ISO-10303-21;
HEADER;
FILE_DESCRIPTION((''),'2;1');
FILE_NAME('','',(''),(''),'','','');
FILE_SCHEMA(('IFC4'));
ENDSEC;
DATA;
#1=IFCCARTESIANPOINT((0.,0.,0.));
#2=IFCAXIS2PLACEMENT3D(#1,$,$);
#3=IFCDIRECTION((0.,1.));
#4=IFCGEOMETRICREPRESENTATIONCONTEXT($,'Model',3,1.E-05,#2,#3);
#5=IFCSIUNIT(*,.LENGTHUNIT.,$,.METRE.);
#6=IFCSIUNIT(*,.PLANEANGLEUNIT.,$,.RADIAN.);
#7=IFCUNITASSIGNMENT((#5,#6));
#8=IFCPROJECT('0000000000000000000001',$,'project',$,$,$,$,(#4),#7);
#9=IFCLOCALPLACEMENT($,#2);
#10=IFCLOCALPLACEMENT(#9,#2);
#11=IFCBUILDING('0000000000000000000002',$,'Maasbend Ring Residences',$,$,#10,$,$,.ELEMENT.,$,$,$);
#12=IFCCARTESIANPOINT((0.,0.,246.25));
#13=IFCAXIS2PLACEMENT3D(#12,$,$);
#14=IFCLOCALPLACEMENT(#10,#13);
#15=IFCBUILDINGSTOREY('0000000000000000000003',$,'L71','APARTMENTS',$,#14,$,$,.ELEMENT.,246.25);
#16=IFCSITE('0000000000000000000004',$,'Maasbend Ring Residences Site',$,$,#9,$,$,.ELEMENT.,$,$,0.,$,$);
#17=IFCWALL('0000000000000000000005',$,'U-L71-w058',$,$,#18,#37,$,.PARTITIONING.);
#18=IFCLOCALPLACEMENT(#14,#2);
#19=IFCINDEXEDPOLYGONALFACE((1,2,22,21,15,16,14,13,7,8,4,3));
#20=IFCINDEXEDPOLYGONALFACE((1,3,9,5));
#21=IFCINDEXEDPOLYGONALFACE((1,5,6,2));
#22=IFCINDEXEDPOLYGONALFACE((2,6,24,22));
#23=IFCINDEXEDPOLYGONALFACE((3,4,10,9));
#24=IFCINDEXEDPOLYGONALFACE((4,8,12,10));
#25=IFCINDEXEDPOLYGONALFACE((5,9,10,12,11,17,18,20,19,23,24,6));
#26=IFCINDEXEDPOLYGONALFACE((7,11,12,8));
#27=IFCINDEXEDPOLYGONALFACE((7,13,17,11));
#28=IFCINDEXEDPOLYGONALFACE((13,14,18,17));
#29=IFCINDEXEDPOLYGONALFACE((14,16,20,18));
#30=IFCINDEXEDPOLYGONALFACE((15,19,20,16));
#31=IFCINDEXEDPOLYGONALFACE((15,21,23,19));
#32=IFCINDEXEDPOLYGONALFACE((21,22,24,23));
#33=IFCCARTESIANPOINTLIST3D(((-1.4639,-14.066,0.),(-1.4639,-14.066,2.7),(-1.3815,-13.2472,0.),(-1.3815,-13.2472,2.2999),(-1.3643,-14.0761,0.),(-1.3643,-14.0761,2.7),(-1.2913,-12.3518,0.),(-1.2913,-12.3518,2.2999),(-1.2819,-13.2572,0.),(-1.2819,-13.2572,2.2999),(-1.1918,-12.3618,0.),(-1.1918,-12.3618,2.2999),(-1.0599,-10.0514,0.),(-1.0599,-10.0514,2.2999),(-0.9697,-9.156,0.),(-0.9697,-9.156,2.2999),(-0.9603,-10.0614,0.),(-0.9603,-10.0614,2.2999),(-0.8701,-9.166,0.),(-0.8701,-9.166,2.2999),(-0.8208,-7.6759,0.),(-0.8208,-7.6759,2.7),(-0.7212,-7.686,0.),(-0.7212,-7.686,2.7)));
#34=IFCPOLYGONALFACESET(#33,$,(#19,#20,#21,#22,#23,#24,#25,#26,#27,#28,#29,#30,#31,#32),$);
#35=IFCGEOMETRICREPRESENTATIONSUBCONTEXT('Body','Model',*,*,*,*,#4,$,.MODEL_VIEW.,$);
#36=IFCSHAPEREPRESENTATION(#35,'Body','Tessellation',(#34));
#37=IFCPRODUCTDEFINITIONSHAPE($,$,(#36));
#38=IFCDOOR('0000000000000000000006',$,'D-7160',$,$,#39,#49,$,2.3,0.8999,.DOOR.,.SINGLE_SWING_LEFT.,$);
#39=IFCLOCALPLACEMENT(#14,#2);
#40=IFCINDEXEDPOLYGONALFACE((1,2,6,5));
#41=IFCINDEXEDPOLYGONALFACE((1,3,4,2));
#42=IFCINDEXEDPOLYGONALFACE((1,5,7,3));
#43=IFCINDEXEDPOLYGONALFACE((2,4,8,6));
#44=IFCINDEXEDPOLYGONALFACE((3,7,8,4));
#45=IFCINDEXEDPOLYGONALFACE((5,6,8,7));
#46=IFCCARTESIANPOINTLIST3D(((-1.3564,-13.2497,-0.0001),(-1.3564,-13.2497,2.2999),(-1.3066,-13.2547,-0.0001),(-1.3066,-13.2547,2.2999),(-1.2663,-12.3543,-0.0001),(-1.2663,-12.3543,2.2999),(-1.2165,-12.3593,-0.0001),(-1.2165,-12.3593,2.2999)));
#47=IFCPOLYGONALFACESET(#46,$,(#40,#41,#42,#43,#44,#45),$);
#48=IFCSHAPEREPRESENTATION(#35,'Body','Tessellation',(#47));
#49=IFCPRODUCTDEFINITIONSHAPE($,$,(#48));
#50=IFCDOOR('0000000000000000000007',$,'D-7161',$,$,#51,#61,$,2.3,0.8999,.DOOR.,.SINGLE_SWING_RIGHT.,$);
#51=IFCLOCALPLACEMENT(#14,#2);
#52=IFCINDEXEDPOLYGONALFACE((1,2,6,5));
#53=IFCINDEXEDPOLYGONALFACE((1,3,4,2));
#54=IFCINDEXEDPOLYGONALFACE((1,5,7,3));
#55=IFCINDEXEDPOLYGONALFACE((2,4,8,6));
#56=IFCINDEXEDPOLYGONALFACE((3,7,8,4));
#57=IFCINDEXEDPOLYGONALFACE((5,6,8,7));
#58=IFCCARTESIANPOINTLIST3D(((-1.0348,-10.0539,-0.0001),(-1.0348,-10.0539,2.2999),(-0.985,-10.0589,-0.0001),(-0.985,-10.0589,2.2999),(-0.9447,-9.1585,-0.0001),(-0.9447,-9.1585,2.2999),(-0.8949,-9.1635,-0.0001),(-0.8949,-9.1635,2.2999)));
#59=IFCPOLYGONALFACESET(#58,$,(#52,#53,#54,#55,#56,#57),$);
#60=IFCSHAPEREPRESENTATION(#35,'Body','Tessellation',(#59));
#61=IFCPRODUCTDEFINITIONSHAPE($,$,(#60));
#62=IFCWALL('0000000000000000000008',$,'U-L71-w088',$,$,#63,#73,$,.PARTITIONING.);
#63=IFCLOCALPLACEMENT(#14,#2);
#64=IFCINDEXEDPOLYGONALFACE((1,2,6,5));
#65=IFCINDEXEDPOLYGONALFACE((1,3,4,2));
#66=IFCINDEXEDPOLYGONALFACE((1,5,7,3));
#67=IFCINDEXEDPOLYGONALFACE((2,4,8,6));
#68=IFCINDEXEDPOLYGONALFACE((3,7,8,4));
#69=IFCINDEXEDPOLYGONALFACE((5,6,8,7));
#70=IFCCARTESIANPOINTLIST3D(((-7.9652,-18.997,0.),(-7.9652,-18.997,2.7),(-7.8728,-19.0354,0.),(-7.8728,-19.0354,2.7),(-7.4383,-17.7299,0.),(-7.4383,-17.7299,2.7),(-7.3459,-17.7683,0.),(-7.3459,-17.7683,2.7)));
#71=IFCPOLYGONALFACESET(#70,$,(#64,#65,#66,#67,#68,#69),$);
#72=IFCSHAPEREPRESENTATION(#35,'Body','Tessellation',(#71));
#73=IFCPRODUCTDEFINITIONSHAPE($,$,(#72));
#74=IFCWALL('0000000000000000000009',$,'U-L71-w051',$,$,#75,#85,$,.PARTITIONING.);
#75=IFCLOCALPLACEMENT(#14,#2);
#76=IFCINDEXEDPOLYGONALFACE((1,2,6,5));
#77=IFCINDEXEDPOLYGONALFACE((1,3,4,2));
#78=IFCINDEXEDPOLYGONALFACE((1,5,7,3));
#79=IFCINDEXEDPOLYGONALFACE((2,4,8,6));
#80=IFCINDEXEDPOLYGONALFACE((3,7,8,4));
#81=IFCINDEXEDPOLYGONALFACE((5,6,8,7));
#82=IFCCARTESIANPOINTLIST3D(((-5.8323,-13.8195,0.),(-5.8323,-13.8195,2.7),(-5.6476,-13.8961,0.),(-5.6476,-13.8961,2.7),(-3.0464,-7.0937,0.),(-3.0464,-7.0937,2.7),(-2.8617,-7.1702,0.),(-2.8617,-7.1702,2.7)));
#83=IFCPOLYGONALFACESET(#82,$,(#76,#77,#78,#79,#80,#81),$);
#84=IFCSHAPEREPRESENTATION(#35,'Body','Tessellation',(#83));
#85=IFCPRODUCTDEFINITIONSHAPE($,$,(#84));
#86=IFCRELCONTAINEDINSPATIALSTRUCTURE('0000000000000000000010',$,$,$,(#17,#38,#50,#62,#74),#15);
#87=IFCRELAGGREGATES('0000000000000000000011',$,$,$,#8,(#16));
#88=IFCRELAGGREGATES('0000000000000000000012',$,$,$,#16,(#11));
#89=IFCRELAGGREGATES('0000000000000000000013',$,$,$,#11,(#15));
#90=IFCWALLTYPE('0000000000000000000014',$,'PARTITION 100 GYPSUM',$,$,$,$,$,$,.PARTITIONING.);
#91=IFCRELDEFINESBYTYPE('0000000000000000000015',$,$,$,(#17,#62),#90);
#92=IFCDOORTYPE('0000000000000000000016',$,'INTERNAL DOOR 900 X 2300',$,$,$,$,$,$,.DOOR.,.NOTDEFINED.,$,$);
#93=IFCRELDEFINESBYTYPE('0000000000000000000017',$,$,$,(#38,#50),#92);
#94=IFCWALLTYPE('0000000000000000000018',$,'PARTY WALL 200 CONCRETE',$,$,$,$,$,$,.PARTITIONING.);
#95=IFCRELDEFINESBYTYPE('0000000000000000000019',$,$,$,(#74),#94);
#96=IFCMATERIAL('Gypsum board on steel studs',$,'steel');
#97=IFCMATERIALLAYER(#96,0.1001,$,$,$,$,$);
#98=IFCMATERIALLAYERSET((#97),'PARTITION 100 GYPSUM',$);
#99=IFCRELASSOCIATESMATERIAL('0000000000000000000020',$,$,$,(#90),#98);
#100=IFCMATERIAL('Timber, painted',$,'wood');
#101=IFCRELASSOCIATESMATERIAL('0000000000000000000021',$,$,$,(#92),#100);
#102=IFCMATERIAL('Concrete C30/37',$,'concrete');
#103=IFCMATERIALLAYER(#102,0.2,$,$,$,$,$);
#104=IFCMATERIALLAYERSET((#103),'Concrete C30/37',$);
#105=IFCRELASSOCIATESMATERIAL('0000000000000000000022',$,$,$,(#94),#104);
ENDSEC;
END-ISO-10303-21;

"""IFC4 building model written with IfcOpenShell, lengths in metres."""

from ifc_helpers import new_model, si_unit, direction, frame, frame_2d, origin, place, context, subcontext, project, spatial, rectangle, extrude, material, layer, layer_set, type_object, element, fill, save


model = new_model("IFC4")

# Units and contexts
model_context = context("Model", 3, precision=1e-05, world=origin(), true_north=direction((0.0, 1.0)))
body_context = subcontext(model_context, "Body", "Model", "MODEL_VIEW")
ifc_project = project(units=[si_unit("LENGTHUNIT", "METRE"), si_unit("PLANEANGLEUNIT", "RADIAN")], contexts=[model_context])

# Site, building, storey
site_placement = place(None, origin())
site = spatial("IfcSite", under=ifc_project, at=site_placement, Name="Maasbend Ring Residences Site", CompositionType="ELEMENT", RefElevation=0.0)
building_placement = place(site_placement, origin())
building = spatial("IfcBuilding", under=site, at=building_placement, Name="Maasbend Ring Residences", CompositionType="ELEMENT")
storey_placement = place(building_placement, frame((0.0, 0.0, 246.25)))
storey = spatial("IfcBuildingStorey", under=building, at=storey_placement, Name="L71", Description="APARTMENTS", CompositionType="ELEMENT", Elevation=246.25)

# Shared definitions
ifc_material_1 = material(Name="Gypsum board on steel studs", Category="steel")
ifc_layer_1 = layer(ifc_material_1, 0.1001)
ifc_layer_set_1 = layer_set([ifc_layer_1], Name="PARTITION 100 GYPSUM")
wall_type_1 = type_object("IfcWallType", Name="PARTITION 100 GYPSUM", PredefinedType="PARTITIONING", material=ifc_layer_set_1)
ifc_material_2 = material(Name="Timber, painted", Category="wood")
door_type_1 = type_object("IfcDoorType", Name="INTERNAL DOOR 900 X 2300", OperationType="NOTDEFINED", PredefinedType="DOOR", material=ifc_material_2)

# Wall, openings, doors
wall_1_placement = place(storey_placement, frame((-1.4141, -14.071, 0.0), z_axis=(0.0, 0.0, 1.0), x_axis=(0.100128, 0.994975, 0.0)))
wall_1 = element("IfcWall", 1, at=wall_1_placement, inside=storey, type_object=wall_type_1, Name="U-L71-w058", PredefinedType="PARTITIONING", context=body_context, shape_type="SweptSolid", body=[
    extrude(rectangle(XDim=6.4224, YDim=0.1001, at=frame_2d((3.2112, 0.0))), origin(), (0.0, 0.0, 1.0), 2.7),
])
opening_1_placement = place(wall_1_placement, frame((0.823, 0.0, 0.0)))
opening_1 = element("IfcOpeningElement", 2, at=opening_1_placement, cuts=wall_1, PredefinedType="OPENING", context=body_context, shape_type="SweptSolid", body=[
    extrude(rectangle(XDim=0.8999, YDim=2.3, at=frame_2d((0.45, 1.1499))), frame((0.0, 0.0601, 0.0), z_axis=(0.0, -1.0, 0.0), x_axis=(1.0, 0.0, 0.0)), (0.0, 0.0, 1.0), 0.1201),
])
opening_2_placement = place(wall_1_placement, frame((4.0349, 0.0, 0.0)))
opening_2 = element("IfcOpeningElement", 3, at=opening_2_placement, cuts=wall_1, PredefinedType="OPENING", context=body_context, shape_type="SweptSolid", body=[
    extrude(rectangle(XDim=0.8999, YDim=2.3, at=frame_2d((0.45, 1.1499))), frame((0.0, 0.0601, 0.0), z_axis=(0.0, -1.0, 0.0), x_axis=(1.0, 0.0, 0.0)), (0.0, 0.0, 1.0), 0.1201),
])
door_1_placement = place(opening_1_placement, origin())
door_1 = element("IfcDoor", 4, at=door_1_placement, inside=storey, type_object=door_type_1, Name="D-7160", OperationType="SINGLE_SWING_LEFT", OverallHeight=2.3, OverallWidth=0.8999, PredefinedType="DOOR", context=body_context, shape_type="SweptSolid", body=[
    extrude(rectangle(XDim=0.8999, YDim=2.3, at=frame_2d((0.45, 1.1499))), frame((0.0, 0.0249, 0.0), z_axis=(0.0, -1.0, 0.0), x_axis=(1.0, 0.0, 0.0)), (0.0, 0.0, 1.0), 0.05),
])
fill(opening_1, door_1)
door_2_placement = place(opening_2_placement, origin())
door_2 = element("IfcDoor", 5, at=door_2_placement, inside=storey, type_object=door_type_1, Name="D-7161", OperationType="SINGLE_SWING_RIGHT", OverallHeight=2.3, OverallWidth=0.8999, PredefinedType="DOOR", context=body_context, shape_type="SweptSolid", body=[
    extrude(rectangle(XDim=0.8999, YDim=2.3, at=frame_2d((0.45, 1.1499))), frame((0.0, 0.0249, 0.0), z_axis=(0.0, -1.0, 0.0), x_axis=(1.0, 0.0, 0.0)), (0.0, 0.0, 1.0), 0.05),
])
fill(opening_2, door_2)

# Walls
wall_2_placement = place(storey_placement, frame((-7.9189, -19.0161, 0.0), z_axis=(0.0, 0.0, 1.0), x_axis=(0.383933, 0.923361, 0.0)))
element("IfcWall", 6, at=wall_2_placement, inside=storey, type_object=wall_type_1, Name="U-L71-w088", PredefinedType="PARTITIONING", context=body_context, shape_type="SweptSolid", body=[
    extrude(rectangle(XDim=1.3723, YDim=0.1001, at=frame_2d((0.686, 0.0))), origin(), (0.0, 0.0, 1.0), 2.7),
])
ifc_material_3 = material(Name="Concrete C30/37", Category="concrete")
ifc_layer_2 = layer(ifc_material_3, 0.2)
ifc_layer_set_2 = layer_set([ifc_layer_2], Name="Concrete C30/37")
wall_type_2 = type_object("IfcWallType", Name="PARTY WALL 200 CONCRETE", PredefinedType="PARTITIONING", material=ifc_layer_set_2)
wall_3_placement = place(storey_placement, frame((-5.74, -13.8579, 0.0), z_axis=(0.0, 0.0, 1.0), x_axis=(0.382679, 0.923882, 0.0)))
element("IfcWall", 7, at=wall_3_placement, inside=storey, type_object=wall_type_2, Name="U-L71-w051", PredefinedType="PARTITIONING", context=body_context, shape_type="SweptSolid", body=[
    extrude(rectangle(XDim=7.28, YDim=0.2, at=frame_2d((3.6401, 0.0))), origin(), (0.0, 0.0, 1.0), 2.7),
])

save(model, "model.ifc")
